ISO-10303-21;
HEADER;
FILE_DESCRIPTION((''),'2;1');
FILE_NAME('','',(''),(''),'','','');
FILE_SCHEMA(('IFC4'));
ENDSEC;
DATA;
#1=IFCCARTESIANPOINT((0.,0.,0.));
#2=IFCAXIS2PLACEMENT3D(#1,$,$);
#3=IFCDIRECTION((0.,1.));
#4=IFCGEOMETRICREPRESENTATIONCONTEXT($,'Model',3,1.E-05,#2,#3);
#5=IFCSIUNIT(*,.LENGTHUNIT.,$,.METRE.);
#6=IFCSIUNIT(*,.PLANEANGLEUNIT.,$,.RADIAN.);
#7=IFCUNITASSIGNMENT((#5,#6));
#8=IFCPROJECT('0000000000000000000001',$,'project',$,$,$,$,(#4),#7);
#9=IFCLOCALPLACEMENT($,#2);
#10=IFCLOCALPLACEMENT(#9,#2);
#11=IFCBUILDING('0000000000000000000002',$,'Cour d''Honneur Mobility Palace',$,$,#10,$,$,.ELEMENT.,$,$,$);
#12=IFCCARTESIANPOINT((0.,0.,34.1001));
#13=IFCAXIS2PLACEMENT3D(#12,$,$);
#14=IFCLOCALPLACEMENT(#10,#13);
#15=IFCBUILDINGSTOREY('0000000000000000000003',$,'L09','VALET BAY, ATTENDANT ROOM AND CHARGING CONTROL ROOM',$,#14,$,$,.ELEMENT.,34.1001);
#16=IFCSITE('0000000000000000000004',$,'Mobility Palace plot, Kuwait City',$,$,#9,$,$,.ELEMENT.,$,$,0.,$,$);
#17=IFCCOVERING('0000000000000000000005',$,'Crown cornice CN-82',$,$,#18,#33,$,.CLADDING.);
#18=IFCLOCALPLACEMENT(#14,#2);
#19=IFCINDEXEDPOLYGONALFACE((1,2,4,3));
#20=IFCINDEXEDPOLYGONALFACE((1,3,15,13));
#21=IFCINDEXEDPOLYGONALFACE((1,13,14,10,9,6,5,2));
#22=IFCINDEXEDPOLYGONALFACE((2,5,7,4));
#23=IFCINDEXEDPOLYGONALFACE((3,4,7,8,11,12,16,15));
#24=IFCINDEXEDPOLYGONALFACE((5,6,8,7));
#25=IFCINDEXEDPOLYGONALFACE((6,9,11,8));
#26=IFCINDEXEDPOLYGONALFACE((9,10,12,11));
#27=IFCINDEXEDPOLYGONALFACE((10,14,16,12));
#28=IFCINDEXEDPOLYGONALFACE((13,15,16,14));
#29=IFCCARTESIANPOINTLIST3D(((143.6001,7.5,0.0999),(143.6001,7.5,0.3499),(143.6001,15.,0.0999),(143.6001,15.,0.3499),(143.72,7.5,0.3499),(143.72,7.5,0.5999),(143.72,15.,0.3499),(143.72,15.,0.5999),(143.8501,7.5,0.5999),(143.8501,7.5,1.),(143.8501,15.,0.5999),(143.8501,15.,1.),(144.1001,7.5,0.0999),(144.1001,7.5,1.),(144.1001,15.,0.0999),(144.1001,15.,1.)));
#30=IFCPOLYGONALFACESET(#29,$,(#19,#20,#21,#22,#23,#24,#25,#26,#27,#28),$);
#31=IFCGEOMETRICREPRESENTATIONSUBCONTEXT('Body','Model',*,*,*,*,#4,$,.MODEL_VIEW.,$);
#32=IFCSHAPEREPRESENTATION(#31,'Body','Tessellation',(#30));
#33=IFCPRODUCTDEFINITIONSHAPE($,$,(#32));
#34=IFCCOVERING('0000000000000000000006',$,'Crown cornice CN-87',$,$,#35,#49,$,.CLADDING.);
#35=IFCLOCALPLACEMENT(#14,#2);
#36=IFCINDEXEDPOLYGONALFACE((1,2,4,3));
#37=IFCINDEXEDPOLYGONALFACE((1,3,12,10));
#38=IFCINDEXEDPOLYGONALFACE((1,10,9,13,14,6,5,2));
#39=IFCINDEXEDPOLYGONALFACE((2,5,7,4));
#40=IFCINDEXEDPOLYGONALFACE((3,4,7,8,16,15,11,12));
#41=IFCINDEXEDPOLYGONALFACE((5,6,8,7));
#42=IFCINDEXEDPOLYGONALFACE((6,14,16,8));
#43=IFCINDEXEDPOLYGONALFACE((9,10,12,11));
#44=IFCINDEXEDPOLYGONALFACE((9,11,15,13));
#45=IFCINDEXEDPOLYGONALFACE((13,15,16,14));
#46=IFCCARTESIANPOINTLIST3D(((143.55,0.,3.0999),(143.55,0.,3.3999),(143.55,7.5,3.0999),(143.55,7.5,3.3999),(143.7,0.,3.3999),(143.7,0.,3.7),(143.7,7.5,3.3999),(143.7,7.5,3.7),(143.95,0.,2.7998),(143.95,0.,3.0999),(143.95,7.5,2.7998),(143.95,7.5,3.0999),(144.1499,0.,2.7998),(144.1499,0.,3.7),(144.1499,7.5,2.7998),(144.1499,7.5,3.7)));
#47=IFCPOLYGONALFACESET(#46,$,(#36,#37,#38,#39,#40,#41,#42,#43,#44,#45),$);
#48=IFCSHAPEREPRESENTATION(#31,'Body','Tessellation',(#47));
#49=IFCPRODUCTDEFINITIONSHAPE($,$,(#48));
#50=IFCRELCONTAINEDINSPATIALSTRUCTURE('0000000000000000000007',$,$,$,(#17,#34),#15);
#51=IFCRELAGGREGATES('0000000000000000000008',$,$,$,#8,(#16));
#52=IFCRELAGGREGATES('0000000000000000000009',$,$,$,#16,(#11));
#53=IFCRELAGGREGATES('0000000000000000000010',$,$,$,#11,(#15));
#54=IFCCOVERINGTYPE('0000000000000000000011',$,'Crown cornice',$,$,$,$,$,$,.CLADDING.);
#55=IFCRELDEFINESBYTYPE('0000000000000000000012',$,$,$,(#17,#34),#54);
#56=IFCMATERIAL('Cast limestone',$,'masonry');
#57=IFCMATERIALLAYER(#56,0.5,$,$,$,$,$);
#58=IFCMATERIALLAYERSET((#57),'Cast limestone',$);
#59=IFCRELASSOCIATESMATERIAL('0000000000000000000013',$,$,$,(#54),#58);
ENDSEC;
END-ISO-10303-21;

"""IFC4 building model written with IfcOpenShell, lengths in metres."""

from ifc_helpers import new_model, si_unit, direction, frame, origin, place, context, subcontext, project, spatial, polyline, outline, extrude, material, layer, layer_set, type_object, element, save


model = new_model("IFC4")

# Units and contexts
model_context = context("Model", 3, precision=1e-05, world=origin(), true_north=direction((0.0, 1.0)))
body_context = subcontext(model_context, "Body", "Model", "MODEL_VIEW")
ifc_project = project(units=[si_unit("LENGTHUNIT", "METRE"), si_unit("PLANEANGLEUNIT", "RADIAN")], contexts=[model_context])

# Site, building, storey
site_placement = place(None, origin())
site = spatial("IfcSite", under=ifc_project, at=site_placement, Name="Mobility Palace plot, Kuwait City", CompositionType="ELEMENT", RefElevation=0.0)
building_placement = place(site_placement, origin())
building = spatial("IfcBuilding", under=site, at=building_placement, Name="Cour d'Honneur Mobility Palace", CompositionType="ELEMENT")
storey_placement = place(building_placement, frame((0.0, 0.0, 34.1001)))
storey = spatial("IfcBuildingStorey", under=building, at=storey_placement, Name="L09", Description="VALET BAY, ATTENDANT ROOM AND CHARGING CONTROL ROOM", CompositionType="ELEMENT", Elevation=34.1001)

# Coverings
ifc_material_1 = material(Name="Cast limestone", Category="masonry")
ifc_layer_1 = layer(ifc_material_1, 0.5)
ifc_layer_set_1 = layer_set([ifc_layer_1], Name="Cast limestone")
covering_type = type_object("IfcCoveringType", Name="Crown cornice", PredefinedType="CLADDING", material=ifc_layer_set_1)
covering_1_placement = place(storey_placement, frame((144.1001, 15.0, 0.0999), z_axis=(0.0, 1.0, 0.0), x_axis=(-1.0, 0.0, 0.0)))
element("IfcCovering", 1, at=covering_1_placement, inside=storey, type_object=covering_type, Name="Crown cornice CN-82", PredefinedType="CLADDING", context=body_context, shape_type="SweptSolid", body=[
    extrude(outline(polyline([(0.0, 0.0), (0.5, 0.0), (0.5, 0.25), (0.3801, 0.25), (0.3801, 0.5), (0.25, 0.5), (0.25, 0.9001), (0.0, 0.9001), (0.0, 0.0)])), origin(), (0.0, 0.0, -1.0), 7.5),
])
covering_2_placement = place(storey_placement, frame((144.1499, 7.5, 2.7998), z_axis=(0.0, 1.0, 0.0), x_axis=(-1.0, 0.0, 0.0)))
element("IfcCovering", 2, at=covering_2_placement, inside=storey, type_object=covering_type, Name="Crown cornice CN-87", PredefinedType="CLADDING", context=body_context, shape_type="SweptSolid", body=[
    extrude(outline(polyline([(0.0, 0.0), (0.2, 0.0), (0.2, 0.3), (0.5999, 0.3), (0.5999, 0.6001), (0.45, 0.6001), (0.45, 0.9001), (0.0, 0.9001), (0.0, 0.0)])), origin(), (0.0, 0.0, -1.0), 7.5),
])

save(model, "model.ifc")
